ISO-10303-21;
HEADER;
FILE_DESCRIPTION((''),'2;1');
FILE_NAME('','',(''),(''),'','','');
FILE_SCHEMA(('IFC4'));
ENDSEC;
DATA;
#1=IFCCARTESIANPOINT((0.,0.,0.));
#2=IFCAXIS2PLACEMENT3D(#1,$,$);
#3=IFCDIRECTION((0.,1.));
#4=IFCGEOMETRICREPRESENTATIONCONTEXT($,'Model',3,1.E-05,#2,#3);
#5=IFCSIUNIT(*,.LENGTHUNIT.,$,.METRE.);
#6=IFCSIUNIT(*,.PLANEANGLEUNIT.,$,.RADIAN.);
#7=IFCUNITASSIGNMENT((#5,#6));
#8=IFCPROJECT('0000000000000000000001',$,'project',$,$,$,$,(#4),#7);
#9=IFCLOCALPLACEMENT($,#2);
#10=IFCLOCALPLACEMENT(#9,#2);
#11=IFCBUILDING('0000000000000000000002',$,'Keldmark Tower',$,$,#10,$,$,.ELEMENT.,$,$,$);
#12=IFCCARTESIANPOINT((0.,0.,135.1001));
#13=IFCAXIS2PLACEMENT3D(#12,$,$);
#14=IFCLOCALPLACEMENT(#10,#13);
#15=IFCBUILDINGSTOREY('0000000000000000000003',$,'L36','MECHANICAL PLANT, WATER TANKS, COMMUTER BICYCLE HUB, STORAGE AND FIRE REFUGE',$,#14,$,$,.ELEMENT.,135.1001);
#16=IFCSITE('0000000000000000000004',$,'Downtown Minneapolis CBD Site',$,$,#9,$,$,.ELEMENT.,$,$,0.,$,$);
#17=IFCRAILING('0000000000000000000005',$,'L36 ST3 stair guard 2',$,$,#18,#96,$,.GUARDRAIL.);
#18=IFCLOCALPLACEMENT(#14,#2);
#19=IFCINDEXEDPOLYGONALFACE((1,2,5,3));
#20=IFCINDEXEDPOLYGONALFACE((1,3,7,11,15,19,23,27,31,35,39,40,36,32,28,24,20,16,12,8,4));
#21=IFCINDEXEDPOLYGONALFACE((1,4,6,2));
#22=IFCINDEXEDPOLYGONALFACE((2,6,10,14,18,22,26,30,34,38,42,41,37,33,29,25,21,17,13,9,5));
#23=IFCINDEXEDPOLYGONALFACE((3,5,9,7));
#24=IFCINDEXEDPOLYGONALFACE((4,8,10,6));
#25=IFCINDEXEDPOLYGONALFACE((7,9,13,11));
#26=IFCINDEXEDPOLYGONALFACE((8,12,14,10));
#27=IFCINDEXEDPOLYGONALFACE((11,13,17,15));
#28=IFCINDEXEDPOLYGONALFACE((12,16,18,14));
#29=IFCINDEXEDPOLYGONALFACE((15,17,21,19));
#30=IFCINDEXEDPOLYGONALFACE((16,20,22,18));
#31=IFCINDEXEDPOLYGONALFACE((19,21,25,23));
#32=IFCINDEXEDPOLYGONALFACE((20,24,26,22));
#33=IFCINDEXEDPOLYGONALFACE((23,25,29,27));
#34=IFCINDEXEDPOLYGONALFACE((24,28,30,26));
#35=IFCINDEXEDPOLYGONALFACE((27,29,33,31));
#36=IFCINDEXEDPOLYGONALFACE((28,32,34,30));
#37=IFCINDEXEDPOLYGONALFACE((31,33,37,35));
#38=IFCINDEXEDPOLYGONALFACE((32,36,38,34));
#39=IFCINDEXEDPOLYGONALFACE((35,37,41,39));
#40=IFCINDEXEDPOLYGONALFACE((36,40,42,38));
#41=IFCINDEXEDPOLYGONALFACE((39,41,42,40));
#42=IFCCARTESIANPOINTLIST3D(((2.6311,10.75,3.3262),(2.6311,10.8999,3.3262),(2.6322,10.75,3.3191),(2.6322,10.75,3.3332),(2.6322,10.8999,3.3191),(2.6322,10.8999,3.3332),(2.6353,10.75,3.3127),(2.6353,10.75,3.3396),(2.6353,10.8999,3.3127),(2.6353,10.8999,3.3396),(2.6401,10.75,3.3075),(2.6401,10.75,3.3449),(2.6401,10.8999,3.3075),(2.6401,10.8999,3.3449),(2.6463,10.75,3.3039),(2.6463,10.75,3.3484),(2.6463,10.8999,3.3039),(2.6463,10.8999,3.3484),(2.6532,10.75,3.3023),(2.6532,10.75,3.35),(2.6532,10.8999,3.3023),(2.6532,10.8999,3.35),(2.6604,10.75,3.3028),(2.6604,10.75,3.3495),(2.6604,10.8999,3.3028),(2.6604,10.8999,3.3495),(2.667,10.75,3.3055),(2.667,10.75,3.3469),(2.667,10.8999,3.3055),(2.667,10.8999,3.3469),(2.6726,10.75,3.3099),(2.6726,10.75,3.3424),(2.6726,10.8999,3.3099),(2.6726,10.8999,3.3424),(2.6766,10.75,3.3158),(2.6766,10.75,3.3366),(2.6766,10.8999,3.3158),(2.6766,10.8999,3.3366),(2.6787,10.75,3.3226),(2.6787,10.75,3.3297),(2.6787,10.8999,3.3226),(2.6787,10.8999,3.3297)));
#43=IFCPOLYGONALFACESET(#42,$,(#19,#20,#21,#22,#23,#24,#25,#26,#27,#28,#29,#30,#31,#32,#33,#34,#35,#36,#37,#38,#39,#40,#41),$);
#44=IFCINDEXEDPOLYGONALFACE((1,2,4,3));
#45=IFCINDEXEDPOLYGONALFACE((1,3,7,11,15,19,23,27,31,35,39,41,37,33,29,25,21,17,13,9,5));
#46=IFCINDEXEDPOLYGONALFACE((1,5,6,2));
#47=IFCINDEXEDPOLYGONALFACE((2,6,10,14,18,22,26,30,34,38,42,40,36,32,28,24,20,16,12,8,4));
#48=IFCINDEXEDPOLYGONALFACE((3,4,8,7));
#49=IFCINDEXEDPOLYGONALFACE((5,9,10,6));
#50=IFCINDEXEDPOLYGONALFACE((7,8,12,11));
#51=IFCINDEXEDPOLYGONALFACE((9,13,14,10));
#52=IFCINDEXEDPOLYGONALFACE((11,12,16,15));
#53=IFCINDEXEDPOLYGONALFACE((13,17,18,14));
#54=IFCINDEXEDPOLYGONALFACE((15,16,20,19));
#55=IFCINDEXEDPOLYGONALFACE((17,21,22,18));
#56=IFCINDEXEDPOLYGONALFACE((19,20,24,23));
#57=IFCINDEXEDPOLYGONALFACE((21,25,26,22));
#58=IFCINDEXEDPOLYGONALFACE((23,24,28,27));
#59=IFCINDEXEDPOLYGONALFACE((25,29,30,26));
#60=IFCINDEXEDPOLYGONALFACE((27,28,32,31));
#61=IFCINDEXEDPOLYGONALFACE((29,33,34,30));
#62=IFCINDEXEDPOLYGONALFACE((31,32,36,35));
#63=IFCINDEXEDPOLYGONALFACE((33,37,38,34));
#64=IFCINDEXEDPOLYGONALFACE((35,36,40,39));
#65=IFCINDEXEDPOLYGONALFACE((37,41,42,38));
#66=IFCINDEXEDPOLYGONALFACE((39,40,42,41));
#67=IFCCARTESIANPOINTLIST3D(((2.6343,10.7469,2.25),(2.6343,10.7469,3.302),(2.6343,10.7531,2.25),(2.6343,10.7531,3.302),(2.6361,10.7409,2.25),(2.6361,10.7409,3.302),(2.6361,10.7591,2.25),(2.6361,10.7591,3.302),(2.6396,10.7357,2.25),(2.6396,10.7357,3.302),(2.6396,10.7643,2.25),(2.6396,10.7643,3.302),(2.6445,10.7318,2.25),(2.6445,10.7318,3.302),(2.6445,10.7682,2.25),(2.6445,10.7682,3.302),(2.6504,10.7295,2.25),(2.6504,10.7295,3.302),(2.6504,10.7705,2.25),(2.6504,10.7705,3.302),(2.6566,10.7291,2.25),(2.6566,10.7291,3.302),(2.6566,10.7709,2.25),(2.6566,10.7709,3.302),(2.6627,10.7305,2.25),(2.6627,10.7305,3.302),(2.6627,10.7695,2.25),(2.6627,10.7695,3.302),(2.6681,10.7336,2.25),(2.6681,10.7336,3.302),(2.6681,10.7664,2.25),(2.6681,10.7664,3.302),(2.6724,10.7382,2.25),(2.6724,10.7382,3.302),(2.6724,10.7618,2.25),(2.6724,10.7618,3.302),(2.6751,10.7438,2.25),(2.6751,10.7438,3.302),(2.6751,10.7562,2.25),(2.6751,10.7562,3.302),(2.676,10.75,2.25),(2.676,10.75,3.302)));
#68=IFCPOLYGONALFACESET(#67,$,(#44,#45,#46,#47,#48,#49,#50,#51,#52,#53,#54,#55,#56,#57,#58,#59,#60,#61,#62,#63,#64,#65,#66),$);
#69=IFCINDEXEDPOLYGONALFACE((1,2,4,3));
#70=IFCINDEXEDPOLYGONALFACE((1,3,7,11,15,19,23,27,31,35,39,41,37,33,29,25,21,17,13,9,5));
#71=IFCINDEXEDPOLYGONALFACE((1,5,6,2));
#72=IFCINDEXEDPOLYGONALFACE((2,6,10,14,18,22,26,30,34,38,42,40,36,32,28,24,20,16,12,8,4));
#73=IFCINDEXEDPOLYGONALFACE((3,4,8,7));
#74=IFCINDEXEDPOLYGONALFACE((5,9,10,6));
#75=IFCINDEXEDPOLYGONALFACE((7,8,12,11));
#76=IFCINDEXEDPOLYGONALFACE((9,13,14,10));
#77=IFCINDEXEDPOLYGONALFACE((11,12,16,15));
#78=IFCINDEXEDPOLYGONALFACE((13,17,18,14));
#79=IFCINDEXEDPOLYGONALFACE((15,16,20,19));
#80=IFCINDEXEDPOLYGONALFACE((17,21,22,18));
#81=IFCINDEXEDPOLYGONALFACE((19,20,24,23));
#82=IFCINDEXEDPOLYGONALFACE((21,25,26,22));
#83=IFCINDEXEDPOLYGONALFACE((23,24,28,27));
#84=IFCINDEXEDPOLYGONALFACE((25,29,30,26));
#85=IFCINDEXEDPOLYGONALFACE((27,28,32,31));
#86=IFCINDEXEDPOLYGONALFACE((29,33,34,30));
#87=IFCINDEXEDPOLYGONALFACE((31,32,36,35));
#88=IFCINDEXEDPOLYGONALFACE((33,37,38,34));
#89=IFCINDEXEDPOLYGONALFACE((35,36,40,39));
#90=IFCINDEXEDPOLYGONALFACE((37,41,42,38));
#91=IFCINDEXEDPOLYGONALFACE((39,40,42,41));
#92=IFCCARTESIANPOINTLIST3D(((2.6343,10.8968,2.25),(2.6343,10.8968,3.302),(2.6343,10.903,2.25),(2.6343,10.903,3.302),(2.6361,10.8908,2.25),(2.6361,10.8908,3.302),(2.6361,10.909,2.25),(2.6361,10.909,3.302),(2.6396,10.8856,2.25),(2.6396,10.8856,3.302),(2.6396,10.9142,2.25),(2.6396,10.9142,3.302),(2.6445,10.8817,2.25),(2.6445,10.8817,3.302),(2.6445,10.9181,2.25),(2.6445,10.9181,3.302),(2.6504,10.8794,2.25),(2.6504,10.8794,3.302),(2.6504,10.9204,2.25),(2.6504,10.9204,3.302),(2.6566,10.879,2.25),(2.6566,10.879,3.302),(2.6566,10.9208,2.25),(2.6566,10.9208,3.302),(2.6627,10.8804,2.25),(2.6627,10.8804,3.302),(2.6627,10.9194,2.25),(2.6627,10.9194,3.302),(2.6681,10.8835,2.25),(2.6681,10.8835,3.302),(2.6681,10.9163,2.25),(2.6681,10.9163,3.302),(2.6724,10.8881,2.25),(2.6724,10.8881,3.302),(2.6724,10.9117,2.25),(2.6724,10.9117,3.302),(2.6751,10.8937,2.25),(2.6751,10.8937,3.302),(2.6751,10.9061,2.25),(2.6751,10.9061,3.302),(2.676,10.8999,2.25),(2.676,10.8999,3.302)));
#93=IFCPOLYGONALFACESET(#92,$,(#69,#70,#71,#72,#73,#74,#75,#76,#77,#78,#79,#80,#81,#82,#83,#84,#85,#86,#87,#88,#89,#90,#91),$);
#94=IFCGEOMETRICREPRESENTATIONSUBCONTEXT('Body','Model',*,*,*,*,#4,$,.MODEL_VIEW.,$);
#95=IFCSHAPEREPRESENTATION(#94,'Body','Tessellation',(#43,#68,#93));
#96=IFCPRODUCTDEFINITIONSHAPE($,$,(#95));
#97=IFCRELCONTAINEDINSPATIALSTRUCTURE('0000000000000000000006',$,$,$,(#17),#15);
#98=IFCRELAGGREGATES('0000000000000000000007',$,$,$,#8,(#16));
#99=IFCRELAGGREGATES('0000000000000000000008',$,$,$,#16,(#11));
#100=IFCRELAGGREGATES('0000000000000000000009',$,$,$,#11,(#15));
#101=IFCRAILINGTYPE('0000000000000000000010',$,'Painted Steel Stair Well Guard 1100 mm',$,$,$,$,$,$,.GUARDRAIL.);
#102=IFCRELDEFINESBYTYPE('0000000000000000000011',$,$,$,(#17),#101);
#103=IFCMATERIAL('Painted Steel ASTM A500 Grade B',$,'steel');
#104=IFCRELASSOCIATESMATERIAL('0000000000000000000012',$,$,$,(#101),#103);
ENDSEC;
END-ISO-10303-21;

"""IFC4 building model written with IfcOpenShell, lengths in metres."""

from ifc_helpers import new_model, si_unit, direction, frame, origin, origin_2d, place, context, subcontext, project, spatial, circle, extrude, material, type_object, element, save


model = new_model("IFC4")

# Units and contexts
model_context = context("Model", 3, precision=1e-05, world=origin(), true_north=direction((0.0, 1.0)))
body_context = subcontext(model_context, "Body", "Model", "MODEL_VIEW")
ifc_project = project(units=[si_unit("LENGTHUNIT", "METRE"), si_unit("PLANEANGLEUNIT", "RADIAN")], contexts=[model_context])

# Site, building, storey
site_placement = place(None, origin())
site = spatial("IfcSite", under=ifc_project, at=site_placement, Name="Downtown Minneapolis CBD Site", CompositionType="ELEMENT", RefElevation=0.0)
building_placement = place(site_placement, origin())
building = spatial("IfcBuilding", under=site, at=building_placement, Name="Keldmark Tower", CompositionType="ELEMENT")
storey_placement = place(building_placement, frame((0.0, 0.0, 135.1001)))
storey = spatial("IfcBuildingStorey", under=building, at=storey_placement, Name="L36", Description="MECHANICAL PLANT, WATER TANKS, COMMUTER BICYCLE HUB, STORAGE AND FIRE REFUGE", CompositionType="ELEMENT", Elevation=135.1001)

# Railing
ifc_material_1 = material(Name="Painted Steel ASTM A500 Grade B", Category="steel")
railing_type_1 = type_object("IfcRailingType", Name="Painted Steel Stair Well Guard 1100 mm", PredefinedType="GUARDRAIL", material=ifc_material_1)
railing_1_placement = place(storey_placement, frame((2.655, 10.75, 2.25)))
element("IfcRailing", 1, at=railing_1_placement, inside=storey, type_object=railing_type_1, Name="L36 ST3 stair guard 2", PredefinedType="GUARDRAIL", context=body_context, shape_type="SweptSolid", body=[
    extrude(circle(Radius=0.0239, at=origin_2d()), frame((0.0, 0.0, 1.0762), z_axis=(0.0, 1.0, 0.0), x_axis=(-1.0, 0.0, 0.0)), (0.0, 0.0, 1.0), 0.1499),
    extrude(circle(Radius=0.021, at=origin_2d()), origin(), (0.0, 0.0, 1.0), 1.052),
    extrude(circle(Radius=0.021, at=origin_2d()), frame((0.0, 0.1499, 0.0)), (0.0, 0.0, 1.0), 1.052),
])

save(model, "model.ifc")
